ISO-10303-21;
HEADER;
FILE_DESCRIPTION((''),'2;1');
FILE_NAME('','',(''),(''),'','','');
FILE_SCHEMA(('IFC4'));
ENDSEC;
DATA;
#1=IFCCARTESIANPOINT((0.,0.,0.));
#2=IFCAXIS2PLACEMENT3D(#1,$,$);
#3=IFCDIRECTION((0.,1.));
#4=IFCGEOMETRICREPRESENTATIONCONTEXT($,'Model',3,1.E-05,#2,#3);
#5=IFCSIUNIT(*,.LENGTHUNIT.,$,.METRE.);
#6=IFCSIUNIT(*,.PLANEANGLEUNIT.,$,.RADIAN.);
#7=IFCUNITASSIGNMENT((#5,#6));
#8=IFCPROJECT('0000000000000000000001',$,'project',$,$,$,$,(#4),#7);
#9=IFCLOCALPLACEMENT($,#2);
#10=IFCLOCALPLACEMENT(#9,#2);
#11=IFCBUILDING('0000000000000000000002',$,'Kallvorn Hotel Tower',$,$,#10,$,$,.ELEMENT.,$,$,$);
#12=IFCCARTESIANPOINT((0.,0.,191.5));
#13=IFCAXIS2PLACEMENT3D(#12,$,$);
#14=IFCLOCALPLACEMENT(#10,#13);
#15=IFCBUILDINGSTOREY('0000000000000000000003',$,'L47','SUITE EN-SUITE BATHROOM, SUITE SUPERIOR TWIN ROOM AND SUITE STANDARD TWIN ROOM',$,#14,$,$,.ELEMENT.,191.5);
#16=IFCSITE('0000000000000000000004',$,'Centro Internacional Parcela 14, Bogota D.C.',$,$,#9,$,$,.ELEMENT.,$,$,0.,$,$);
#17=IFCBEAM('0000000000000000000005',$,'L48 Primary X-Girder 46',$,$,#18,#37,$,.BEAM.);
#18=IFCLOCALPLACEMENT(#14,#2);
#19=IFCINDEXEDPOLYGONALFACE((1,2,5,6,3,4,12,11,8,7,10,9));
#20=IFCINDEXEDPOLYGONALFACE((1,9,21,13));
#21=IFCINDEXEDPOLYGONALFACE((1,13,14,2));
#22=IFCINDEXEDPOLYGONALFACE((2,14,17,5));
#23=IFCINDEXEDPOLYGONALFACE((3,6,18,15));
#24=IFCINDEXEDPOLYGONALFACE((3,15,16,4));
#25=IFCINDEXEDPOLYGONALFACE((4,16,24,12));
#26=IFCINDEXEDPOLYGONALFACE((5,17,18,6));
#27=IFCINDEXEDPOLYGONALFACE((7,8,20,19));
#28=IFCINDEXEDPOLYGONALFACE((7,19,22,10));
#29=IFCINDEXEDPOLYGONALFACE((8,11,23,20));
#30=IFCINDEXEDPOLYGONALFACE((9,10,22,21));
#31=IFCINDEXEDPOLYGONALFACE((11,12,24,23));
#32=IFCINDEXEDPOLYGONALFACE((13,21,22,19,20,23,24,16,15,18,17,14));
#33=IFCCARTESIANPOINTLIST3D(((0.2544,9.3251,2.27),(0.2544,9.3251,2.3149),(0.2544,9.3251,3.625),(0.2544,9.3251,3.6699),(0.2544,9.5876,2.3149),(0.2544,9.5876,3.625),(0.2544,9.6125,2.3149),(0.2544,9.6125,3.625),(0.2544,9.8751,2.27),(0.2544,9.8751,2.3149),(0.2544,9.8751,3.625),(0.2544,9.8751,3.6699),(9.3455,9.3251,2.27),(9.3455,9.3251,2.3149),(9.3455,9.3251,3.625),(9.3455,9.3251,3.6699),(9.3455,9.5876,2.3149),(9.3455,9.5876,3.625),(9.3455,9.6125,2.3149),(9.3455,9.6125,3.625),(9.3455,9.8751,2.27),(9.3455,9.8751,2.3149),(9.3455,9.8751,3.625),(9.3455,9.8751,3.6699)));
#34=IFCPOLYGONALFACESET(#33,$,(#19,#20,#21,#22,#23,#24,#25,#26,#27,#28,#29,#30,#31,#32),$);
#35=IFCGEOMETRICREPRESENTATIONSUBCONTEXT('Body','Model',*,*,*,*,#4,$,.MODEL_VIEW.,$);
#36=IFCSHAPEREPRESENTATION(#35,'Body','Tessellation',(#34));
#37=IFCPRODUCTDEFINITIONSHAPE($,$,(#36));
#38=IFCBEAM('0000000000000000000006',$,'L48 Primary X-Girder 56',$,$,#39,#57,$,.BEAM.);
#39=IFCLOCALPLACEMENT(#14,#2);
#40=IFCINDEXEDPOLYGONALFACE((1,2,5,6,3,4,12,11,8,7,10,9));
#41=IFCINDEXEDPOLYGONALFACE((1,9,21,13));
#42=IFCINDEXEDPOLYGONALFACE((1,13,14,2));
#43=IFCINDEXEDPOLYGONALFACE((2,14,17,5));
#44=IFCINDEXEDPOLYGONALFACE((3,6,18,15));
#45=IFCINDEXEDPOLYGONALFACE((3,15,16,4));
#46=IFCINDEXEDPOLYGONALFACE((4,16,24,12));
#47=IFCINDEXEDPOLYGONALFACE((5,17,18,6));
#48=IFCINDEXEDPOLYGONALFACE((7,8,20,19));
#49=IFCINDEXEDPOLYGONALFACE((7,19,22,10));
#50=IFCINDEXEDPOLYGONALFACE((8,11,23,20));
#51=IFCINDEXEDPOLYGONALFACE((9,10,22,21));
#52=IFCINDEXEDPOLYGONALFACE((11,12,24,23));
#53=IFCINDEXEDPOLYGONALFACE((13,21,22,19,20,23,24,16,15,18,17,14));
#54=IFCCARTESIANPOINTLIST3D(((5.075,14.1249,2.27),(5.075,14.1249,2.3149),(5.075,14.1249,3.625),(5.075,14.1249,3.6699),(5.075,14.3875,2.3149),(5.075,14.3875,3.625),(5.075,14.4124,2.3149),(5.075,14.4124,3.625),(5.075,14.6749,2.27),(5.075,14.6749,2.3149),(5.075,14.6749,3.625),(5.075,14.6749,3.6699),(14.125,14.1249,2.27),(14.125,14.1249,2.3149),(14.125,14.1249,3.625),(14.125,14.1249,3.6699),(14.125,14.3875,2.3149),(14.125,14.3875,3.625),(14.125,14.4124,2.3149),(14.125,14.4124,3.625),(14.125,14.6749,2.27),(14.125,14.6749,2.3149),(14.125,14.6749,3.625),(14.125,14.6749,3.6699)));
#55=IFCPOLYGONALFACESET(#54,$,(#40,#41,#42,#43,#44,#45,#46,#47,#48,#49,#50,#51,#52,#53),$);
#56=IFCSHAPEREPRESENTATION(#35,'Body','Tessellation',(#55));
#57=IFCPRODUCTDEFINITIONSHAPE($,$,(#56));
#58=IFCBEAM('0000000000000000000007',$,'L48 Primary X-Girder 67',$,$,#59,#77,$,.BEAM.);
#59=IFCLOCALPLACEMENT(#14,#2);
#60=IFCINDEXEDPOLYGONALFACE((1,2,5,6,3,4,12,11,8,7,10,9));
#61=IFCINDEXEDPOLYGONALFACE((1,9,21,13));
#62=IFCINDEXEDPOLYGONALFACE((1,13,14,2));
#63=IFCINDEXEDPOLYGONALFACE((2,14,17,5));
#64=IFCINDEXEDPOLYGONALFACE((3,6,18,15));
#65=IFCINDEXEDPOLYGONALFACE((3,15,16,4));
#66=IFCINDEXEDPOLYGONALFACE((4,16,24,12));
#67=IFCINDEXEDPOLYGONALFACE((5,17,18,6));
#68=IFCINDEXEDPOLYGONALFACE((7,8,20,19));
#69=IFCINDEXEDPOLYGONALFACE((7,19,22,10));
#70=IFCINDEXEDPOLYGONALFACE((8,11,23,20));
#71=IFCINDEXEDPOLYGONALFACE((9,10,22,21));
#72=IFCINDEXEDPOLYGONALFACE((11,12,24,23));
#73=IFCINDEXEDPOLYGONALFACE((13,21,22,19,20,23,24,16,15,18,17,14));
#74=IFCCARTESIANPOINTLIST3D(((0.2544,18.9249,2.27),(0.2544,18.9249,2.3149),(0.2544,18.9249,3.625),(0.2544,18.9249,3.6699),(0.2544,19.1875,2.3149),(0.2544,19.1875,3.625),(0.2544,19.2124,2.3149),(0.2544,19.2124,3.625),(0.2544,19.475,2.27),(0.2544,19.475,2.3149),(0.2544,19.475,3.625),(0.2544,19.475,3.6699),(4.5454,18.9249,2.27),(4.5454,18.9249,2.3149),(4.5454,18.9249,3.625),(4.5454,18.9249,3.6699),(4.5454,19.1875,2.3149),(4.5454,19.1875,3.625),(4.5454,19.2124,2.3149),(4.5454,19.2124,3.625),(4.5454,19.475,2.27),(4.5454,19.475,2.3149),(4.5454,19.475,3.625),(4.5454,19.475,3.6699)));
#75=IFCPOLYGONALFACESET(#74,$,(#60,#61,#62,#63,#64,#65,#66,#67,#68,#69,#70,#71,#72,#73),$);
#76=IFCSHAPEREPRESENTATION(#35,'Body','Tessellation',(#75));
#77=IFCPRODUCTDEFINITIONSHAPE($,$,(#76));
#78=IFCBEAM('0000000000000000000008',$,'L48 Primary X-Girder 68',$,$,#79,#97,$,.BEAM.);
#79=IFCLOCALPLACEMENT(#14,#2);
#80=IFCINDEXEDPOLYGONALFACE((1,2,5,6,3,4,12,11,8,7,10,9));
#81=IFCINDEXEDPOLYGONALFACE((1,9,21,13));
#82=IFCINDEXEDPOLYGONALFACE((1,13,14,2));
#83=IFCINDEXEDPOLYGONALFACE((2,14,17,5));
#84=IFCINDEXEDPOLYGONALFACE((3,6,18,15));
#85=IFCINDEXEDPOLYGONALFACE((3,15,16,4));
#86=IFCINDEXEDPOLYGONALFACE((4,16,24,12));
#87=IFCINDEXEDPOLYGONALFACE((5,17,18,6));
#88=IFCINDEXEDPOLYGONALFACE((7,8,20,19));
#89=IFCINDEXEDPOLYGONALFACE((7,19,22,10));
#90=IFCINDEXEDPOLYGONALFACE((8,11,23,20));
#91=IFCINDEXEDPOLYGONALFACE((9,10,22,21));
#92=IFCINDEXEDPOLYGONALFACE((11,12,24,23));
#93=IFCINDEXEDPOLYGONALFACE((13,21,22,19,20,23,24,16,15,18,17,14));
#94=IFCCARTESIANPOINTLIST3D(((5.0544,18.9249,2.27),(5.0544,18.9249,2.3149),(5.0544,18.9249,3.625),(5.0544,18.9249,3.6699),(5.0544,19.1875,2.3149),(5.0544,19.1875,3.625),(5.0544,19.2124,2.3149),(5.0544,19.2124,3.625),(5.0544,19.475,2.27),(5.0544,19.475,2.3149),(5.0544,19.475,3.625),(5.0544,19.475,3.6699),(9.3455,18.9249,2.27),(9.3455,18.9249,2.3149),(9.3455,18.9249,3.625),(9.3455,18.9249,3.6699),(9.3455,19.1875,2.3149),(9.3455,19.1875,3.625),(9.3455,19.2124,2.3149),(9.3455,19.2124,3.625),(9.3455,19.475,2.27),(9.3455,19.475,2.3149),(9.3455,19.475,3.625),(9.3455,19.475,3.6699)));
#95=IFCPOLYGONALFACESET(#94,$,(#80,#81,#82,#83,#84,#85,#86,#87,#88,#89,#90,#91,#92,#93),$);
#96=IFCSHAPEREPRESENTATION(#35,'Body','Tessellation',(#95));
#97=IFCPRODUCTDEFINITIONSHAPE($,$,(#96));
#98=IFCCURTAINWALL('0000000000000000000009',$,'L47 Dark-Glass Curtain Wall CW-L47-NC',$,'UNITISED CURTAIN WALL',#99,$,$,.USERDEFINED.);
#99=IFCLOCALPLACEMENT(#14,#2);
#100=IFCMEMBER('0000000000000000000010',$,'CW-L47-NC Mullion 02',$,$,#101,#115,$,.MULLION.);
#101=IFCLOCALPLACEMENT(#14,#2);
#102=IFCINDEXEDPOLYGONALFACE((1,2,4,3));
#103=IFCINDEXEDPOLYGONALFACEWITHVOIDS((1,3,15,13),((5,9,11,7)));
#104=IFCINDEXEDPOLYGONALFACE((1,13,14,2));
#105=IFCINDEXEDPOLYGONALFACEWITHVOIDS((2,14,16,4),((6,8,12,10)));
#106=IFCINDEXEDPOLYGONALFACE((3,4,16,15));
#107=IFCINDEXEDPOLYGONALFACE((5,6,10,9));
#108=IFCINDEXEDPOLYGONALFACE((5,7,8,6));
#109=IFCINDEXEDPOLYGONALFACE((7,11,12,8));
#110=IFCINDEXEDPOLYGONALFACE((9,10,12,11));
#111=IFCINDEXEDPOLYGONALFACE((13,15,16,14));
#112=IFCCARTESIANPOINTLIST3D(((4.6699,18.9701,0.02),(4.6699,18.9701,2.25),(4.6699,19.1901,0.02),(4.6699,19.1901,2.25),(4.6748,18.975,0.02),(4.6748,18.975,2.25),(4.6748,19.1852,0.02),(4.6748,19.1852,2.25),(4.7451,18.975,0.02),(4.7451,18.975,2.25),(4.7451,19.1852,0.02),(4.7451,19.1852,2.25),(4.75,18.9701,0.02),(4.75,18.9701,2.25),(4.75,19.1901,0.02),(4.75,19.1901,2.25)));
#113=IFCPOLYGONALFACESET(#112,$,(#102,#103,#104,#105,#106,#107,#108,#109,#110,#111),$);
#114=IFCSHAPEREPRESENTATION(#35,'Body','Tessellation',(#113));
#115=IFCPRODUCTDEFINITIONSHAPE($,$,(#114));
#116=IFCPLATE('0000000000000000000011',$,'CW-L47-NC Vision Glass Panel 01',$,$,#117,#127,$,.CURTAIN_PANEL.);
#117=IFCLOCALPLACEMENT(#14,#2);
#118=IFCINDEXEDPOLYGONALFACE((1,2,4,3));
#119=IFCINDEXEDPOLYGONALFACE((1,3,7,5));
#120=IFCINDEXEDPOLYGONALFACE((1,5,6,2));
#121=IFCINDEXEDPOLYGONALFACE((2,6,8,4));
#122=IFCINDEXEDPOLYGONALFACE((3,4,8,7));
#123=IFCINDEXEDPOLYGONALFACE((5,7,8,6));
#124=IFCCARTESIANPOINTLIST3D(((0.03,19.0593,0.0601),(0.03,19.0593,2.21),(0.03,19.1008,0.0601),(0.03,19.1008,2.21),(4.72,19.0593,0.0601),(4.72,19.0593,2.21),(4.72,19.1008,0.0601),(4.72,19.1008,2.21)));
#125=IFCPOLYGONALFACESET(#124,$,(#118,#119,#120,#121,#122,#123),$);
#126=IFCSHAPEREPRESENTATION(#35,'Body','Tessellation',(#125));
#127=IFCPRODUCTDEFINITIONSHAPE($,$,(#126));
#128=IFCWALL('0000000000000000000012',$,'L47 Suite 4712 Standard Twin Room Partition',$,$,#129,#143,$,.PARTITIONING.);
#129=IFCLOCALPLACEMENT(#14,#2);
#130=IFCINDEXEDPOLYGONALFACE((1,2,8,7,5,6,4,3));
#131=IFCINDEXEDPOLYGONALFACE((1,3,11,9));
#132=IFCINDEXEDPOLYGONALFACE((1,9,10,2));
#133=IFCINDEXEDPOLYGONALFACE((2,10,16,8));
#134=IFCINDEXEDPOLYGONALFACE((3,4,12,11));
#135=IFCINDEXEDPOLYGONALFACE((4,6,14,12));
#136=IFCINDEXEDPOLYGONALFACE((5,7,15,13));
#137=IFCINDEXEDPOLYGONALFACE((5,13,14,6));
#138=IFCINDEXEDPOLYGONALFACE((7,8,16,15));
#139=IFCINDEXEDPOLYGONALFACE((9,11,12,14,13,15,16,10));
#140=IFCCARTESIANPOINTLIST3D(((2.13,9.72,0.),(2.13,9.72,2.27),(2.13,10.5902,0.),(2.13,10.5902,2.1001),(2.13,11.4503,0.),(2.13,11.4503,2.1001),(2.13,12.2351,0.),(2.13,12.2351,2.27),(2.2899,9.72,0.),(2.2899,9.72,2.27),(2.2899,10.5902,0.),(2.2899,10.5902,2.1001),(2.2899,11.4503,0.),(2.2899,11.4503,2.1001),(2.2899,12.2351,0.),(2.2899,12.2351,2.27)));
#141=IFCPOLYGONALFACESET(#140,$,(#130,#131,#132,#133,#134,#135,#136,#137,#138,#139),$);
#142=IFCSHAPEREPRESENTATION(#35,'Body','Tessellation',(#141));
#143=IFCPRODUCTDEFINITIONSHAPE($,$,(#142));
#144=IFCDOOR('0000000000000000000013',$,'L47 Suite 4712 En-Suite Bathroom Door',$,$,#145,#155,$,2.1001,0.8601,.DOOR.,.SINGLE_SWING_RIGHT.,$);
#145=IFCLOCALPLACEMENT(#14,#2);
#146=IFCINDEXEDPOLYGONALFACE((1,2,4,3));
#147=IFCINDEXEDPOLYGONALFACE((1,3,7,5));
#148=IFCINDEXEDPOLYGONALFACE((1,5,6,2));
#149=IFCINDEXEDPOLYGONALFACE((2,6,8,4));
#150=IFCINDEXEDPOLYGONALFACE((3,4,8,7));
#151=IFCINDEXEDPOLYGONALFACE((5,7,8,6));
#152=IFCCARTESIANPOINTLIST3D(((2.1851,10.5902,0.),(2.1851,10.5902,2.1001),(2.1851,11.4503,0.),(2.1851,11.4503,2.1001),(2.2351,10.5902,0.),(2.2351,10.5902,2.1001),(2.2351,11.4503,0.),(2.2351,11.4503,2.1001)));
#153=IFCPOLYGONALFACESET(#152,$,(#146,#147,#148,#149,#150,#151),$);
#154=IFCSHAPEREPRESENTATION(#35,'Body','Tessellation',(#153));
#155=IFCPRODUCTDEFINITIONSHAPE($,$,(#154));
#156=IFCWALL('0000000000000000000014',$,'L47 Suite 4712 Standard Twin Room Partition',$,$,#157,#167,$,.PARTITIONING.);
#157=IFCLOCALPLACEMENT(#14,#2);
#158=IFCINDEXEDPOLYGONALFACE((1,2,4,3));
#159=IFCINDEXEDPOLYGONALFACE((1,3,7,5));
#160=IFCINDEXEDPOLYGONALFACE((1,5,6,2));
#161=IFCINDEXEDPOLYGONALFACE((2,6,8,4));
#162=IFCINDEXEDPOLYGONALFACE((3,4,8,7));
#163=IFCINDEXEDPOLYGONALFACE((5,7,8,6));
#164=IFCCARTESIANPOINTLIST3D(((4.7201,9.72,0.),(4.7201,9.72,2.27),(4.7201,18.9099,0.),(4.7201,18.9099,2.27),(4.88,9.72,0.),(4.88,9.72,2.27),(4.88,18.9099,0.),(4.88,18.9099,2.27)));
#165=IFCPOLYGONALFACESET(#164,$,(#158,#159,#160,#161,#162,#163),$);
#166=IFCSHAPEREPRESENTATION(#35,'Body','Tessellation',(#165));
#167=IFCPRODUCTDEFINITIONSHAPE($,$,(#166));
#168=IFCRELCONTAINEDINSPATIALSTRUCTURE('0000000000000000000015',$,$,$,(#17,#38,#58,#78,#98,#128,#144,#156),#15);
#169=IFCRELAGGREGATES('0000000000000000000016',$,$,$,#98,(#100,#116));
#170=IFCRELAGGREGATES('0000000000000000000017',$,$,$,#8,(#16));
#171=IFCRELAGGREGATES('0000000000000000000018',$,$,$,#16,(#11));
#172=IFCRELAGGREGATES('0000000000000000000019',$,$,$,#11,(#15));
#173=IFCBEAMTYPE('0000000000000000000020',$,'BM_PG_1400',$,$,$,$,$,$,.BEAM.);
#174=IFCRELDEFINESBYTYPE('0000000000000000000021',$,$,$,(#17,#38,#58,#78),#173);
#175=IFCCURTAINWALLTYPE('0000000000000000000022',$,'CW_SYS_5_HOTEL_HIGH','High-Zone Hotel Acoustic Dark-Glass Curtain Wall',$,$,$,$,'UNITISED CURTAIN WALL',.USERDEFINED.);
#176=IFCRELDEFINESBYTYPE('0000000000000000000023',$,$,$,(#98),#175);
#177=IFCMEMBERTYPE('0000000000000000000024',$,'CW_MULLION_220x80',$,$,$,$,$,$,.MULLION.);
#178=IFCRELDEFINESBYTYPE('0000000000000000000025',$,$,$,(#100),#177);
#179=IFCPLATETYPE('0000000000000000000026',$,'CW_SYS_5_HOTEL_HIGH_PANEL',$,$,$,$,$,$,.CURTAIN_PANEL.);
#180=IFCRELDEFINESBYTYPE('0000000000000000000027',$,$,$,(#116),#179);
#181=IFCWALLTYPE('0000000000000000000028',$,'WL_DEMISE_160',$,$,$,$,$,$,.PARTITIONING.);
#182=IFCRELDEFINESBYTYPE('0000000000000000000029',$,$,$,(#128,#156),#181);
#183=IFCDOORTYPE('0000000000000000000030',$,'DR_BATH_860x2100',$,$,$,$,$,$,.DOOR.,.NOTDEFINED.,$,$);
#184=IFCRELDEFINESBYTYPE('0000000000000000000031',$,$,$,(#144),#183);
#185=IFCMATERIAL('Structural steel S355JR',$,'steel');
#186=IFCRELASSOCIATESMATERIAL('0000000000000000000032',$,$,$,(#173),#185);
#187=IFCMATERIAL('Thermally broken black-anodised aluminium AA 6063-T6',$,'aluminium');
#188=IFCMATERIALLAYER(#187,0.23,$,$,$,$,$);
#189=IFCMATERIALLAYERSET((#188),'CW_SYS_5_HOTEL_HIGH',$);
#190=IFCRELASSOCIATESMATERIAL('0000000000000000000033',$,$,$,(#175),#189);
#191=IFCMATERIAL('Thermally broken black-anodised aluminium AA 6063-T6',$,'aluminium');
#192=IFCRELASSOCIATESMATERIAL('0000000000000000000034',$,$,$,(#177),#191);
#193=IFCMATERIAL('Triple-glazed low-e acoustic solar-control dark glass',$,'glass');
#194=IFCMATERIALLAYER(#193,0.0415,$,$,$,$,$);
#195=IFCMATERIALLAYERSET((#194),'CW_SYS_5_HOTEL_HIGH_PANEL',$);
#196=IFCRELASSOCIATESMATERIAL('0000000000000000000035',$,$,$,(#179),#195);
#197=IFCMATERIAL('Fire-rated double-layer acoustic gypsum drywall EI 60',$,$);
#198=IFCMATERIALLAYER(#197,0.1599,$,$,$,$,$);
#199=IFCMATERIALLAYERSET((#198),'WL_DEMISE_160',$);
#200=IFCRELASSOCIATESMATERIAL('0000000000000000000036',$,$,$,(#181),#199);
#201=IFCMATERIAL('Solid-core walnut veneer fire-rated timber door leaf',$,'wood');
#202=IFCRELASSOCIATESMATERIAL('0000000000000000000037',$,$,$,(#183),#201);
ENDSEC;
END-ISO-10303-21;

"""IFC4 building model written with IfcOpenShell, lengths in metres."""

from ifc_helpers import new_model, si_unit, direction, frame, frame_2d, origin, origin_2d, place, context, subcontext, project, spatial, rectangle, hollow_rectangle, i_section, extrude, material, layer, layer_set, material_profile, profile_set, type_object, element, fill, aggregate, save


model = new_model("IFC4")

# Units and contexts
model_context = context("Model", 3, precision=1e-05, world=origin(), true_north=direction((0.0, 1.0)))
body_context = subcontext(model_context, "Body", "Model", "MODEL_VIEW")
ifc_project = project(units=[si_unit("LENGTHUNIT", "METRE"), si_unit("PLANEANGLEUNIT", "RADIAN")], contexts=[model_context])

# Site, building, storey
site_placement = place(None, origin())
site = spatial("IfcSite", under=ifc_project, at=site_placement, Name="Centro Internacional Parcela 14, Bogota D.C.", CompositionType="ELEMENT", RefElevation=0.0)
building_placement = place(site_placement, origin())
building = spatial("IfcBuilding", under=site, at=building_placement, Name="Kallvorn Hotel Tower", CompositionType="ELEMENT")
storey_placement = place(building_placement, frame((0.0, 0.0, 191.5)))
storey = spatial("IfcBuildingStorey", under=building, at=storey_placement, Name="L47", Description="SUITE EN-SUITE BATHROOM, SUITE SUPERIOR TWIN ROOM AND SUITE STANDARD TWIN ROOM", CompositionType="ELEMENT", Elevation=191.5)

# Beams
ifc_material_1 = material(Name="Structural steel S355JR", Category="steel")
ifc_material_profile_1 = material_profile(ifc_material_1, i_section(OverallWidth=0.55, OverallDepth=1.3999, WebThickness=0.0249, FlangeThickness=0.0449, at=origin_2d()), Name="PG 1400x550x25x45")
ifc_profile_set_1 = profile_set([ifc_material_profile_1], Name="Structural steel S355JR")
beam_type_1 = type_object("IfcBeamType", Name="BM_PG_1400", PredefinedType="BEAM", material=ifc_profile_set_1)
beam_1_placement = place(storey_placement, frame((0.2544, 9.6001, 2.97), z_axis=(1.0, 0.0, 0.0), x_axis=(0.0, 1.0, 0.0)))
element("IfcBeam", 1, at=beam_1_placement, inside=storey, type_object=beam_type_1, Name="L48 Primary X-Girder 46", PredefinedType="BEAM", context=body_context, shape_type="SweptSolid", body=[
    extrude(i_section(OverallWidth=0.55, OverallDepth=1.3999, WebThickness=0.0249, FlangeThickness=0.0449, at=origin_2d()), origin(), (0.0, 0.0, 1.0), 9.0911),
])
beam_2_placement = place(storey_placement, frame((5.075, 14.3999, 2.97), z_axis=(1.0, 0.0, 0.0), x_axis=(0.0, 1.0, 0.0)))
element("IfcBeam", 2, at=beam_2_placement, inside=storey, type_object=beam_type_1, Name="L48 Primary X-Girder 56", PredefinedType="BEAM", context=body_context, shape_type="SweptSolid", body=[
    extrude(i_section(OverallWidth=0.55, OverallDepth=1.3999, WebThickness=0.0249, FlangeThickness=0.0449, at=origin_2d()), origin(), (0.0, 0.0, 1.0), 9.05),
])
for number, where, z_axis, x_axis, name in (
    (3, (0.2544, 19.2, 2.97), (1.0, 0.0, 0.0), (0.0, 1.0, 0.0), "L48 Primary X-Girder 67"),
    (4, (5.0544, 19.2, 2.97), (1.0, 0.0, 0.0), (0.0, 1.0, 0.0), "L48 Primary X-Girder 68"),
):
    element("IfcBeam", number, at=place(storey_placement, frame(where, z_axis=z_axis, x_axis=x_axis)), inside=storey, type_object=beam_type_1, Name=name, PredefinedType="BEAM", context=body_context, shape_type="SweptSolid", body=[
        extrude(i_section(OverallWidth=0.55, OverallDepth=1.3999, WebThickness=0.0249, FlangeThickness=0.0449, at=origin_2d()), origin(), (0.0, 0.0, 1.0), 4.291),
    ])

# Curtain wall, member, plate
ifc_material_2 = material(Name="Thermally broken black-anodised aluminium AA 6063-T6", Category="aluminium")
ifc_layer_1 = layer(ifc_material_2, 0.23)
ifc_layer_set_1 = layer_set([ifc_layer_1], Name="CW_SYS_5_HOTEL_HIGH")
curtain_wall_type = type_object("IfcCurtainWallType", Name="CW_SYS_5_HOTEL_HIGH", Description="High-Zone Hotel Acoustic Dark-Glass Curtain Wall", ElementType="UNITISED CURTAIN WALL", PredefinedType="USERDEFINED", material=ifc_layer_set_1)
curtain_wall_placement = place(storey_placement, origin())
curtain_wall = element("IfcCurtainWall", 5, at=curtain_wall_placement, inside=storey, type_object=curtain_wall_type, Name="L47 Dark-Glass Curtain Wall CW-L47-NC", ObjectType="UNITISED CURTAIN WALL", PredefinedType="USERDEFINED")
ifc_material_3 = material(Name="Thermally broken black-anodised aluminium AA 6063-T6", Category="aluminium")
ifc_material_profile_2 = material_profile(ifc_material_3, hollow_rectangle(XDim=0.0801, YDim=0.22, WallThickness=0.0049, at=origin_2d()), Name="MUL 220x80")
ifc_profile_set_2 = profile_set([ifc_material_profile_2], Name="Thermally broken black-anodised aluminium AA 6063-T6")
member_type = type_object("IfcMemberType", Name="CW_MULLION_220x80", PredefinedType="MULLION", material=ifc_profile_set_2)
member_placement = place(storey_placement, frame((4.71, 19.0801, 0.02), z_axis=(0.0, 0.0, 1.0), x_axis=(1.0, 0.0, 0.0)))
member = element("IfcMember", 6, at=member_placement, type_object=member_type, Name="CW-L47-NC Mullion 02", PredefinedType="MULLION", context=body_context, shape_type="SweptSolid", body=[
    extrude(hollow_rectangle(XDim=0.0801, YDim=0.22, WallThickness=0.0049, at=origin_2d()), origin(), (0.0, 0.0, 1.0), 2.23),
])
ifc_material_4 = material(Name="Triple-glazed low-e acoustic solar-control dark glass", Category="glass")
ifc_layer_2 = layer(ifc_material_4, 0.0415)
ifc_layer_set_2 = layer_set([ifc_layer_2], Name="CW_SYS_5_HOTEL_HIGH_PANEL")
plate_type = type_object("IfcPlateType", Name="CW_SYS_5_HOTEL_HIGH_PANEL", PredefinedType="CURTAIN_PANEL", material=ifc_layer_set_2)
plate_placement = place(storey_placement, frame((2.375, 19.0801, 0.0601), z_axis=(0.0, 0.0, 1.0), x_axis=(1.0, 0.0, 0.0)))
plate = element("IfcPlate", 7, at=plate_placement, type_object=plate_type, Name="CW-L47-NC Vision Glass Panel 01", PredefinedType="CURTAIN_PANEL", context=body_context, shape_type="SweptSolid", body=[
    extrude(rectangle(XDim=4.6899, YDim=0.0415, at=origin_2d()), origin(), (0.0, 0.0, 1.0), 2.1499),
])
aggregate(curtain_wall, [member, plate])

# Wall, opening, door
ifc_material_5 = material(Name="Fire-rated double-layer acoustic gypsum drywall EI 60")
ifc_layer_3 = layer(ifc_material_5, 0.1599)
ifc_layer_set_3 = layer_set([ifc_layer_3], Name="WL_DEMISE_160")
wall_type_1 = type_object("IfcWallType", Name="WL_DEMISE_160", PredefinedType="PARTITIONING", material=ifc_layer_set_3)
wall_1_placement = place(storey_placement, frame((2.21, 9.72, 0.0), z_axis=(0.0, 0.0, 1.0), x_axis=(0.0, 1.0, 0.0)))
wall_1 = element("IfcWall", 8, at=wall_1_placement, inside=storey, type_object=wall_type_1, Name="L47 Suite 4712 Standard Twin Room Partition", PredefinedType="PARTITIONING", context=body_context, shape_type="SweptSolid", body=[
    extrude(rectangle(XDim=2.5151, YDim=0.1599, at=frame_2d((1.2576, 0.0))), origin(), (0.0, 0.0, 1.0), 2.27),
])
opening_1_placement = place(wall_1_placement, frame((0.8701, 0.0, 0.0)))
opening_1 = element("IfcOpeningElement", 9, at=opening_1_placement, cuts=wall_1, PredefinedType="OPENING", context=body_context, shape_type="SweptSolid", body=[
    extrude(rectangle(XDim=0.8601, YDim=2.1001, at=frame_2d((0.4302, 1.05))), frame((0.0, 0.095, 0.0), z_axis=(0.0, -1.0, 0.0), x_axis=(1.0, 0.0, 0.0)), (0.0, 0.0, 1.0), 0.1899),
])
ifc_material_6 = material(Name="Solid-core walnut veneer fire-rated timber door leaf", Category="wood")
door_type = type_object("IfcDoorType", Name="DR_BATH_860x2100", OperationType="NOTDEFINED", PredefinedType="DOOR", material=ifc_material_6)
door_placement = place(opening_1_placement, origin())
door = element("IfcDoor", 10, at=door_placement, inside=storey, type_object=door_type, Name="L47 Suite 4712 En-Suite Bathroom Door", OperationType="SINGLE_SWING_RIGHT", OverallHeight=2.1001, OverallWidth=0.8601, PredefinedType="DOOR", context=body_context, shape_type="SweptSolid", body=[
    extrude(rectangle(XDim=0.8601, YDim=2.1001, at=frame_2d((0.4302, 1.05))), frame((0.0, 0.0249, 0.0), z_axis=(0.0, -1.0, 0.0), x_axis=(1.0, 0.0, 0.0)), (0.0, 0.0, 1.0), 0.05),
])
fill(opening_1, door)

# Wall
wall_2_placement = place(storey_placement, frame((4.8, 9.72, 0.0), z_axis=(0.0, 0.0, 1.0), x_axis=(0.0, 1.0, 0.0)))
element("IfcWall", 11, at=wall_2_placement, inside=storey, type_object=wall_type_1, Name="L47 Suite 4712 Standard Twin Room Partition", PredefinedType="PARTITIONING", context=body_context, shape_type="SweptSolid", body=[
    extrude(rectangle(XDim=9.1899, YDim=0.1599, at=frame_2d((4.595, 0.0))), origin(), (0.0, 0.0, 1.0), 2.27),
])

save(model, "model.ifc")
